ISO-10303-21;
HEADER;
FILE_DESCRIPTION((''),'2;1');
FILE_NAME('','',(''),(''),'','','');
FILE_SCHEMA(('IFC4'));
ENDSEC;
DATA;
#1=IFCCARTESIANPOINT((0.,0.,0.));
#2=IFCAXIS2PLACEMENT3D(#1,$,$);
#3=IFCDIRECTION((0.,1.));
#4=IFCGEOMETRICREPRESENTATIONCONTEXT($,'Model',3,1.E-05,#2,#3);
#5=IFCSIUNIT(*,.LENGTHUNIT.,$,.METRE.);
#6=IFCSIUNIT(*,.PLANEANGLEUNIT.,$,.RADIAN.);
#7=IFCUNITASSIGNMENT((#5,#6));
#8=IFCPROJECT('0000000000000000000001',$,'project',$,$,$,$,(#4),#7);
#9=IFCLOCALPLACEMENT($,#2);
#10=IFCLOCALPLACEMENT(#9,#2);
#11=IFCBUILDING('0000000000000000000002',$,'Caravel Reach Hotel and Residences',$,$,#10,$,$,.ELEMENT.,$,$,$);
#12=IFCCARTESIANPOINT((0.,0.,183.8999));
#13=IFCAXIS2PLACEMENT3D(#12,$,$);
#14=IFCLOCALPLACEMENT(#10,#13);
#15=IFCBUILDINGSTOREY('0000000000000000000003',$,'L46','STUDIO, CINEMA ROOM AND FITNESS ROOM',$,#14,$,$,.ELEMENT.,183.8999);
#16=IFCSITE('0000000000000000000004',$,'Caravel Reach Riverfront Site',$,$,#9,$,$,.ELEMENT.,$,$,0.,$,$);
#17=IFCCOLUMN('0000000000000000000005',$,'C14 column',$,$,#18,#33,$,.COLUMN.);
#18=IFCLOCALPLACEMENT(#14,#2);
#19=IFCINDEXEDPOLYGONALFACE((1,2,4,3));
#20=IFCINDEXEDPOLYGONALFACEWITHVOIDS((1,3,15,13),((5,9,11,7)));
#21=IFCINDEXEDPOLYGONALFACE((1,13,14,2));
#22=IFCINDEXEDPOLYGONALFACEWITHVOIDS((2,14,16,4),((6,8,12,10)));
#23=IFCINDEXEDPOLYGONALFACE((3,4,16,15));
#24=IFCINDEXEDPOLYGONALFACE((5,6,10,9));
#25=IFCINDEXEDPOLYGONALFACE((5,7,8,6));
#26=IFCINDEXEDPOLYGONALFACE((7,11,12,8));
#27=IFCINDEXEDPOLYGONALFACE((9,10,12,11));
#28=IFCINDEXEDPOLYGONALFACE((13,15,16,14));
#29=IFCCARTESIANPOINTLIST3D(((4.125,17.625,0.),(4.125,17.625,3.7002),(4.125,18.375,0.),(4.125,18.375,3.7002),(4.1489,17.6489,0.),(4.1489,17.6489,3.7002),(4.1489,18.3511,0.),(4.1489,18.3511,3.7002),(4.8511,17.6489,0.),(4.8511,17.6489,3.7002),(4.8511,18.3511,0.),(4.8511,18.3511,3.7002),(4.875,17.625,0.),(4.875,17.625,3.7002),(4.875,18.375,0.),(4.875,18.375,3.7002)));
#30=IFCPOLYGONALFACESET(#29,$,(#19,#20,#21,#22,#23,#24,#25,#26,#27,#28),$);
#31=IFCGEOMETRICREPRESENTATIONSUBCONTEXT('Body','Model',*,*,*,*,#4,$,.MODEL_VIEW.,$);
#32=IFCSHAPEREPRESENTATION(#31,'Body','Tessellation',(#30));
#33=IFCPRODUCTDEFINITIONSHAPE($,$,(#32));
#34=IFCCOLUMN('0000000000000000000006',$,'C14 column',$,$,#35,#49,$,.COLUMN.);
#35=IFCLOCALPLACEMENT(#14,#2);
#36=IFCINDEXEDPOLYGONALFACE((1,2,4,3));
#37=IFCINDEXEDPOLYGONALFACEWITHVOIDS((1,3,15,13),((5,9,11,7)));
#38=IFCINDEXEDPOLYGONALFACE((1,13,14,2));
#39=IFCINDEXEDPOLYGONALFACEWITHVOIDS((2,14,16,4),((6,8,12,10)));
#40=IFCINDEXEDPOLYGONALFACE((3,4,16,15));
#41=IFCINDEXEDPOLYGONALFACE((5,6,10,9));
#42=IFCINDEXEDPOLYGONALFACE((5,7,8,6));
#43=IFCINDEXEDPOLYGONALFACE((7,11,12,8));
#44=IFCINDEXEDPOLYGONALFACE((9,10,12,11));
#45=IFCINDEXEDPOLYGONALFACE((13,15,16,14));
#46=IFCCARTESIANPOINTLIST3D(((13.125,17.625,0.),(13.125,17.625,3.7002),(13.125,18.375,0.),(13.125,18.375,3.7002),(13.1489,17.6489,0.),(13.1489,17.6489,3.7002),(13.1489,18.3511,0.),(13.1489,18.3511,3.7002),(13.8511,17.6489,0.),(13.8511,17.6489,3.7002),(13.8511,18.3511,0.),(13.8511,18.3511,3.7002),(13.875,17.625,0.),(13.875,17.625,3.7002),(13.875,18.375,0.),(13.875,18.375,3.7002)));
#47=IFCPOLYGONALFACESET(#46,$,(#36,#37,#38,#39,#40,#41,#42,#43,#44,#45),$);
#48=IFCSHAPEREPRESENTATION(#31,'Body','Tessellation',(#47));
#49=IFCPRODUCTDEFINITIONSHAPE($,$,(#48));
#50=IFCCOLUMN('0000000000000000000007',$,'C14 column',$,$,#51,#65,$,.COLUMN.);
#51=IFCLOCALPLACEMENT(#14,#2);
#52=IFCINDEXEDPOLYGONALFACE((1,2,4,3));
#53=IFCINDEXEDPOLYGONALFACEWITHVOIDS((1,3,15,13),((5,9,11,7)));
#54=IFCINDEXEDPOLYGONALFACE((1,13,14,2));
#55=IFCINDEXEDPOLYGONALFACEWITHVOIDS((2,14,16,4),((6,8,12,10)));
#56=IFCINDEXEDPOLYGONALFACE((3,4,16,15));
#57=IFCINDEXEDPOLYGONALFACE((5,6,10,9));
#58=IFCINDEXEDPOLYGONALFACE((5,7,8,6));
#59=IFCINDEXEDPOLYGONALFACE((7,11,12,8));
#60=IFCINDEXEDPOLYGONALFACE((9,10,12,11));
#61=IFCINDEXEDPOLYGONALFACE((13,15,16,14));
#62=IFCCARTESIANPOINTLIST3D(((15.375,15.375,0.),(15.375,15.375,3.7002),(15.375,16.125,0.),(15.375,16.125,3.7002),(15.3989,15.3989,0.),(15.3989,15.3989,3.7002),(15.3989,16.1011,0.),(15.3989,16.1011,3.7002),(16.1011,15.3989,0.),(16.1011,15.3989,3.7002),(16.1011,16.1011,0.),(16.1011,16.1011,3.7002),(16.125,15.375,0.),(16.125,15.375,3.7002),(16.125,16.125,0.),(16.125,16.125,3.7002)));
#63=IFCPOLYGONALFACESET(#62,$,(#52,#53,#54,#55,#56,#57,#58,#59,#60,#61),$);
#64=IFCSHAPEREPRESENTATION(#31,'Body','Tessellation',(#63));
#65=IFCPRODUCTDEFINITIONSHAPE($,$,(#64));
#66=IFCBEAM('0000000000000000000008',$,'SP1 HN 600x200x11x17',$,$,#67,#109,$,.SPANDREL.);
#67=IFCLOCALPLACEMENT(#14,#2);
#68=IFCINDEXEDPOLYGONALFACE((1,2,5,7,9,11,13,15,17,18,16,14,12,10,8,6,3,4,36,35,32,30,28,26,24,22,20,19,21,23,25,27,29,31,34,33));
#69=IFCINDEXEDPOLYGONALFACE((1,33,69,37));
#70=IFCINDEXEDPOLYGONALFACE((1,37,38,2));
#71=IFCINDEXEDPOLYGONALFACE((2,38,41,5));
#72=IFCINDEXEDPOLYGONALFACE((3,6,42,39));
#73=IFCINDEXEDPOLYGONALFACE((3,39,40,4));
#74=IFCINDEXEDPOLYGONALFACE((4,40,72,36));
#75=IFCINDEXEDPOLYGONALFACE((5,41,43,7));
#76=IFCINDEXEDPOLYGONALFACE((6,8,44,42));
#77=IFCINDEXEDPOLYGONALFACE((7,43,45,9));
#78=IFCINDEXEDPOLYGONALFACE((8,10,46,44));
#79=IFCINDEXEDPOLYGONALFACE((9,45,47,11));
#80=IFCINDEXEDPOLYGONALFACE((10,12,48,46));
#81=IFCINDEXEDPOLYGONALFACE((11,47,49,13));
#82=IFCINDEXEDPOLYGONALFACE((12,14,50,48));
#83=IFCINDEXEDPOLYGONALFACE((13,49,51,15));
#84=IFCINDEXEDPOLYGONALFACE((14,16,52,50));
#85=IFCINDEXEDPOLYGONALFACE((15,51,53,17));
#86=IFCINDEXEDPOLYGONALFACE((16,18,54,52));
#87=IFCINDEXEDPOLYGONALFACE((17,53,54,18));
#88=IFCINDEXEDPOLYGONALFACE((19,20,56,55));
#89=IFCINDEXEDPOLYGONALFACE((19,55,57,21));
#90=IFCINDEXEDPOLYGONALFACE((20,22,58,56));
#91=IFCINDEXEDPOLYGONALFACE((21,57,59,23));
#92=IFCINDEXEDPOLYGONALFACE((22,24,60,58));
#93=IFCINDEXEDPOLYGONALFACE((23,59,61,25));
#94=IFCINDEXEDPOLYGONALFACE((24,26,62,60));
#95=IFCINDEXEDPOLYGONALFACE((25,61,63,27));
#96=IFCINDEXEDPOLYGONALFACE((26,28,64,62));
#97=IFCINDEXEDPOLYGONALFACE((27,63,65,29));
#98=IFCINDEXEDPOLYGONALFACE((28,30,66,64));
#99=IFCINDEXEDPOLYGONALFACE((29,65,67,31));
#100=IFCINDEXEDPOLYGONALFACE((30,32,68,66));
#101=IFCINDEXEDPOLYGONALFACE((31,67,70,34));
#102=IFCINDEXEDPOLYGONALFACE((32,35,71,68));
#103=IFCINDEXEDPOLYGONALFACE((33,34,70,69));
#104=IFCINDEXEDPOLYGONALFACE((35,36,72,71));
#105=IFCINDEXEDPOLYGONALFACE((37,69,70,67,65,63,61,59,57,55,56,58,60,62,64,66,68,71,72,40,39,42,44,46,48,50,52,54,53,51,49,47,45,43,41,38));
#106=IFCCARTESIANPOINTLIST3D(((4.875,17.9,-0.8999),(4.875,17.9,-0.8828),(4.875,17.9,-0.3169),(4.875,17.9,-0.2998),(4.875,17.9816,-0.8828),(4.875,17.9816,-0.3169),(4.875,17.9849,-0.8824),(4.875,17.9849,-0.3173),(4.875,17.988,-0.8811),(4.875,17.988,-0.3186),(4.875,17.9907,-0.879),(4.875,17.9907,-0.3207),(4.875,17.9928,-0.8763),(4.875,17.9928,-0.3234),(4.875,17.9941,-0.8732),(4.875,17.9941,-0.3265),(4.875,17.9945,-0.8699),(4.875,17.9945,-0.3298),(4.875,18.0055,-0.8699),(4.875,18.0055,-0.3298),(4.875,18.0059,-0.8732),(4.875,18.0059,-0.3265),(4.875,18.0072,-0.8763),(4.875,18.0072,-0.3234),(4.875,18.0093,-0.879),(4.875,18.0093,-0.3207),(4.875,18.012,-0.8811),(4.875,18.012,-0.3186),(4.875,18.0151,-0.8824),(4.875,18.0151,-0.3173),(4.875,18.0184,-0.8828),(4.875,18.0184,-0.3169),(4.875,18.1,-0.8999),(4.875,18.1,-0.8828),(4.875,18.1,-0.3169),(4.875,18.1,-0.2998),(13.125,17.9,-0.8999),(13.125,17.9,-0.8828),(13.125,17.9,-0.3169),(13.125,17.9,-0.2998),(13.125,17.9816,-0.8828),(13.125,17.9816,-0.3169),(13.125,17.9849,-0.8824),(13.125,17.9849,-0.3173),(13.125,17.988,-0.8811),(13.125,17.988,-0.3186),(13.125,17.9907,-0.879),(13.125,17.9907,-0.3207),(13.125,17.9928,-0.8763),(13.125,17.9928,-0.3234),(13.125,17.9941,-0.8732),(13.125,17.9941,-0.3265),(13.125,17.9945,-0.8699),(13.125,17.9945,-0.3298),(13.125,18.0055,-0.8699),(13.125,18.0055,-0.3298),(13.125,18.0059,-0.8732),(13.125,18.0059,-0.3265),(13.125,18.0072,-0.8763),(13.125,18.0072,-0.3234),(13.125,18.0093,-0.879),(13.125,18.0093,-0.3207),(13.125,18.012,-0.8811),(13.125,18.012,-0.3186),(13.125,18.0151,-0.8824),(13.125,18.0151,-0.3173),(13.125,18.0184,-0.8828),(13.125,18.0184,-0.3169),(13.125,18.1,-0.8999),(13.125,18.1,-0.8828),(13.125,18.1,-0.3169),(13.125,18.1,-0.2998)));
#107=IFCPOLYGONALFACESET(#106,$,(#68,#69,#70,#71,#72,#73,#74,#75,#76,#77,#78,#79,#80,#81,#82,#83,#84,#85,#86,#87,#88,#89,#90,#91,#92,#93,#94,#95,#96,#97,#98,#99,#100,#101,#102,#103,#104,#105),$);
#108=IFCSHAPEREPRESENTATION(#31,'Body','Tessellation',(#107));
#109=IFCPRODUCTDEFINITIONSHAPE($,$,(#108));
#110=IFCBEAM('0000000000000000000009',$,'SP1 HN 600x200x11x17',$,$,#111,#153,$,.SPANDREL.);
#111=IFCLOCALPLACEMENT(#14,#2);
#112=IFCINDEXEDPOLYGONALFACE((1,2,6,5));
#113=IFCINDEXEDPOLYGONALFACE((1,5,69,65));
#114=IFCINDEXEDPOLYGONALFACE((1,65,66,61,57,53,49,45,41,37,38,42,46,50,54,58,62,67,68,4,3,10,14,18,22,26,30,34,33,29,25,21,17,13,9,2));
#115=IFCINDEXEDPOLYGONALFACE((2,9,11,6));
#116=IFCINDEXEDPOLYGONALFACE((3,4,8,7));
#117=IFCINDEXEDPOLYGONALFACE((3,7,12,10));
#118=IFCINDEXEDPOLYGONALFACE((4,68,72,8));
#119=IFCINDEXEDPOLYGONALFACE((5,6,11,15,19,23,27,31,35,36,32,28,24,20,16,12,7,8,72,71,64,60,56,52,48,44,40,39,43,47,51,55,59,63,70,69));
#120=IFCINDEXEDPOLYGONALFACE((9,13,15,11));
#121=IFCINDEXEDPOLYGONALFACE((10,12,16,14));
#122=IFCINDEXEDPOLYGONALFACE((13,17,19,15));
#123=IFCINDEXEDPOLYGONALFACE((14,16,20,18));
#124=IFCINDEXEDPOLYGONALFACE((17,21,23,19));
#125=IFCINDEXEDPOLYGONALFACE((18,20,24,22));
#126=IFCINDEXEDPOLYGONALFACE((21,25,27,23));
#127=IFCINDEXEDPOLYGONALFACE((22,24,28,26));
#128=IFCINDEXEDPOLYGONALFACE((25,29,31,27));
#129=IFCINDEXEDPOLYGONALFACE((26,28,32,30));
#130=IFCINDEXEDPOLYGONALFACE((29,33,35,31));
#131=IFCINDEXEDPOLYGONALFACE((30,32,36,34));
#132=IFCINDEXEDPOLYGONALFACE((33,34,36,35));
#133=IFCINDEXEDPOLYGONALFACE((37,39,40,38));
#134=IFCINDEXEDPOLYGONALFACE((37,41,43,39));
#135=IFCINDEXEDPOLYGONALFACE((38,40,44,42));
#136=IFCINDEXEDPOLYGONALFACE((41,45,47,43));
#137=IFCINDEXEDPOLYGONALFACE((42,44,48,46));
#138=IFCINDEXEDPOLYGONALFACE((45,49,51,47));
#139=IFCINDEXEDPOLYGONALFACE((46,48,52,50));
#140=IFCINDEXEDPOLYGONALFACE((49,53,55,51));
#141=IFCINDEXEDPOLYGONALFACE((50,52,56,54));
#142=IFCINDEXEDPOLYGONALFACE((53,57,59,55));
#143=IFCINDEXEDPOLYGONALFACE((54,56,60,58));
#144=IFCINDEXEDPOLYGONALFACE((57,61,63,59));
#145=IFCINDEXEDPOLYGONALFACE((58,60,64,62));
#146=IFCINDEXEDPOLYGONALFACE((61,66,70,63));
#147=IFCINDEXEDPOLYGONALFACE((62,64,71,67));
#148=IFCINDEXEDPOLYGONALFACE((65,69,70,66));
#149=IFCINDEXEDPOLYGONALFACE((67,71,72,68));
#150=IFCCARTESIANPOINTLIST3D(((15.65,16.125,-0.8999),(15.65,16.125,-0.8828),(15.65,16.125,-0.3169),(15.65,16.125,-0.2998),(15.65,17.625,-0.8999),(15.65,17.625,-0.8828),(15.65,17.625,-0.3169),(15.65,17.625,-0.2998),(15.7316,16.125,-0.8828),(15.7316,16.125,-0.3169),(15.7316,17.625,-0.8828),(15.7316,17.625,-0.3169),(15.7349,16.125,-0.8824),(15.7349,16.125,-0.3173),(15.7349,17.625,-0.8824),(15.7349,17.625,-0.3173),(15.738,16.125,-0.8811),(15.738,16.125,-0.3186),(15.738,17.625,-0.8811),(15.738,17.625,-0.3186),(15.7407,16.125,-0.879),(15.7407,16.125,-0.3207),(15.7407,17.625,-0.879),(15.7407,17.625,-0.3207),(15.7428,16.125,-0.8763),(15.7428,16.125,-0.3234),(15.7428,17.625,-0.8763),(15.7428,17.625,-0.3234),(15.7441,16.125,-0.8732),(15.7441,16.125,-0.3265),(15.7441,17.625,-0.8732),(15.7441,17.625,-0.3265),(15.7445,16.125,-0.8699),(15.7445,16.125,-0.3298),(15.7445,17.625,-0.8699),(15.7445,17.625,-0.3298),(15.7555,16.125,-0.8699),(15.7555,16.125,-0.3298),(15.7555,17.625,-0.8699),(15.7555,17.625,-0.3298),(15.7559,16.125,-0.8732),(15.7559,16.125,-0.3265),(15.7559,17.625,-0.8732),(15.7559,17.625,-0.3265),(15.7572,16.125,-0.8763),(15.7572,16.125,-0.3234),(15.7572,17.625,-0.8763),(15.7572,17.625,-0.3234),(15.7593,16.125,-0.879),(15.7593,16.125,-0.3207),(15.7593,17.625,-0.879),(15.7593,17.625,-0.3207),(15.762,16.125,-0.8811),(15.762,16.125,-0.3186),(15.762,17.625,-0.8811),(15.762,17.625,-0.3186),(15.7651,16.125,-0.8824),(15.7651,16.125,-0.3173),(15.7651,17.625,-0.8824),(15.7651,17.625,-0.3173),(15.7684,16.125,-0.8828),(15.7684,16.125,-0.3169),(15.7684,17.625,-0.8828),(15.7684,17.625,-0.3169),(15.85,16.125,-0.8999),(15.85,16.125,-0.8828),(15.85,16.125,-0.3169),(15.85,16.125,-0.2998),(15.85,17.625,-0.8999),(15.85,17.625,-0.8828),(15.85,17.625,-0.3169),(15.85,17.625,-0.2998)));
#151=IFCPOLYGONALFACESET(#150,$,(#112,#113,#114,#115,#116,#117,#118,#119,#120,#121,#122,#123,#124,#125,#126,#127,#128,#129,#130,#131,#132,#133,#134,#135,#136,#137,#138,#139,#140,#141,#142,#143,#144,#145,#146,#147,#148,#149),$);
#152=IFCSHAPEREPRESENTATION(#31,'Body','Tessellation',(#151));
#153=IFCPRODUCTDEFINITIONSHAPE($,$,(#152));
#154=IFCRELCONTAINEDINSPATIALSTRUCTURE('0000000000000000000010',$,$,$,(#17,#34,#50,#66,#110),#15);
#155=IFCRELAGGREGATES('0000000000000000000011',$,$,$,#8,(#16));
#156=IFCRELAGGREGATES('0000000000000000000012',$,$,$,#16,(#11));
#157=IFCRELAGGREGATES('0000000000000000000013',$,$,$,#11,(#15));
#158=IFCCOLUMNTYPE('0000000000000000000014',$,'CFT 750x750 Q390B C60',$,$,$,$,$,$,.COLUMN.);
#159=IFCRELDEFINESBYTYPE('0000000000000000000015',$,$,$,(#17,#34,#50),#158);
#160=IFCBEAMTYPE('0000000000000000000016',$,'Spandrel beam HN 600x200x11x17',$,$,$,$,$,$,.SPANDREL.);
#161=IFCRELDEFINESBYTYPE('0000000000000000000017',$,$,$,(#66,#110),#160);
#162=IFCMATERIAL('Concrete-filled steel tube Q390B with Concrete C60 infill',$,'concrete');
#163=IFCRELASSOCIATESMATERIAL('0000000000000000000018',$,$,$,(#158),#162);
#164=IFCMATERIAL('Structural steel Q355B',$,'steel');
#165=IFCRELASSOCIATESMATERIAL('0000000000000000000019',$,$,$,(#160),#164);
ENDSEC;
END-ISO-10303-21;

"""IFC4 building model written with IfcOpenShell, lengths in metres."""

from ifc_helpers import new_model, si_unit, direction, frame, origin, origin_2d, place, context, subcontext, project, spatial, hollow_rectangle, i_section, extrude, material, material_profile, profile_set, type_object, element, save


model = new_model("IFC4")

# Units and contexts
model_context = context("Model", 3, precision=1e-05, world=origin(), true_north=direction((0.0, 1.0)))
body_context = subcontext(model_context, "Body", "Model", "MODEL_VIEW")
ifc_project = project(units=[si_unit("LENGTHUNIT", "METRE"), si_unit("PLANEANGLEUNIT", "RADIAN")], contexts=[model_context])

# Site, building, storey
site_placement = place(None, origin())
site = spatial("IfcSite", under=ifc_project, at=site_placement, Name="Caravel Reach Riverfront Site", CompositionType="ELEMENT", RefElevation=0.0)
building_placement = place(site_placement, origin())
building = spatial("IfcBuilding", under=site, at=building_placement, Name="Caravel Reach Hotel and Residences", CompositionType="ELEMENT")
storey_placement = place(building_placement, frame((0.0, 0.0, 183.8999)))
storey = spatial("IfcBuildingStorey", under=building, at=storey_placement, Name="L46", Description="STUDIO, CINEMA ROOM AND FITNESS ROOM", CompositionType="ELEMENT", Elevation=183.8999)

# Columns
ifc_material_1 = material(Name="Concrete-filled steel tube Q390B with Concrete C60 infill", Category="concrete")
ifc_material_profile_1 = material_profile(ifc_material_1, hollow_rectangle(XDim=0.75, YDim=0.75, WallThickness=0.0239, at=origin_2d()), Name="RHS 750x750x24")
ifc_profile_set_1 = profile_set([ifc_material_profile_1], Name="Concrete-filled steel tube Q390B with Concrete C60 infill")
column_type = type_object("IfcColumnType", Name="CFT 750x750 Q390B C60", PredefinedType="COLUMN", material=ifc_profile_set_1)
for number, where, z_axis, x_axis, name in (
    (1, (4.5, 18.0, 0.0), (0.0, 0.0, 1.0), (1.0, 0.0, 0.0), "C14 column"),
    (2, (13.5, 18.0, 0.0), (0.0, 0.0, 1.0), (1.0, 0.0, 0.0), "C14 column"),
    (3, (15.75, 15.75, 0.0), (0.0, 0.0, 1.0), (1.0, 0.0, 0.0), "C14 column"),
):
    element("IfcColumn", number, at=place(storey_placement, frame(where, z_axis=z_axis, x_axis=x_axis)), inside=storey, type_object=column_type, Name=name, PredefinedType="COLUMN", context=body_context, shape_type="SweptSolid", body=[
        extrude(hollow_rectangle(XDim=0.75, YDim=0.75, WallThickness=0.0239, at=origin_2d()), origin(), (0.0, 0.0, 1.0), 3.7002),
    ])

# Beams
ifc_material_2 = material(Name="Structural steel Q355B", Category="steel")
ifc_material_profile_2 = material_profile(ifc_material_2, i_section(OverallWidth=0.2, OverallDepth=0.6001, WebThickness=0.011, FlangeThickness=0.0171, FilletRadius=0.0129, at=origin_2d()), Name="HN 600x200x11x17")
ifc_profile_set_2 = profile_set([ifc_material_profile_2], Name="Structural steel Q355B")
beam_type = type_object("IfcBeamType", Name="Spandrel beam HN 600x200x11x17", PredefinedType="SPANDREL", material=ifc_profile_set_2)
beam_1_placement = place(storey_placement, frame((4.875, 18.0, -0.5999), z_axis=(1.0, 0.0, 0.0), x_axis=(0.0, 1.0, 0.0)))
element("IfcBeam", 4, at=beam_1_placement, inside=storey, type_object=beam_type, Name="SP1 HN 600x200x11x17", PredefinedType="SPANDREL", context=body_context, shape_type="SweptSolid", body=[
    extrude(i_section(OverallWidth=0.2, OverallDepth=0.6001, WebThickness=0.011, FlangeThickness=0.0171, FilletRadius=0.0129, at=origin_2d()), origin(), (0.0, 0.0, 1.0), 8.25),
])
beam_2_placement = place(storey_placement, frame((15.75, 17.625, -0.5999), z_axis=(0.0, -1.0, 0.0), x_axis=(1.0, 0.0, 0.0)))
element("IfcBeam", 5, at=beam_2_placement, inside=storey, type_object=beam_type, Name="SP1 HN 600x200x11x17", PredefinedType="SPANDREL", context=body_context, shape_type="SweptSolid", body=[
    extrude(i_section(OverallWidth=0.2, OverallDepth=0.6001, WebThickness=0.011, FlangeThickness=0.0171, FilletRadius=0.0129, at=origin_2d()), origin(), (0.0, 0.0, 1.0), 1.5),
])

save(model, "model.ifc")
